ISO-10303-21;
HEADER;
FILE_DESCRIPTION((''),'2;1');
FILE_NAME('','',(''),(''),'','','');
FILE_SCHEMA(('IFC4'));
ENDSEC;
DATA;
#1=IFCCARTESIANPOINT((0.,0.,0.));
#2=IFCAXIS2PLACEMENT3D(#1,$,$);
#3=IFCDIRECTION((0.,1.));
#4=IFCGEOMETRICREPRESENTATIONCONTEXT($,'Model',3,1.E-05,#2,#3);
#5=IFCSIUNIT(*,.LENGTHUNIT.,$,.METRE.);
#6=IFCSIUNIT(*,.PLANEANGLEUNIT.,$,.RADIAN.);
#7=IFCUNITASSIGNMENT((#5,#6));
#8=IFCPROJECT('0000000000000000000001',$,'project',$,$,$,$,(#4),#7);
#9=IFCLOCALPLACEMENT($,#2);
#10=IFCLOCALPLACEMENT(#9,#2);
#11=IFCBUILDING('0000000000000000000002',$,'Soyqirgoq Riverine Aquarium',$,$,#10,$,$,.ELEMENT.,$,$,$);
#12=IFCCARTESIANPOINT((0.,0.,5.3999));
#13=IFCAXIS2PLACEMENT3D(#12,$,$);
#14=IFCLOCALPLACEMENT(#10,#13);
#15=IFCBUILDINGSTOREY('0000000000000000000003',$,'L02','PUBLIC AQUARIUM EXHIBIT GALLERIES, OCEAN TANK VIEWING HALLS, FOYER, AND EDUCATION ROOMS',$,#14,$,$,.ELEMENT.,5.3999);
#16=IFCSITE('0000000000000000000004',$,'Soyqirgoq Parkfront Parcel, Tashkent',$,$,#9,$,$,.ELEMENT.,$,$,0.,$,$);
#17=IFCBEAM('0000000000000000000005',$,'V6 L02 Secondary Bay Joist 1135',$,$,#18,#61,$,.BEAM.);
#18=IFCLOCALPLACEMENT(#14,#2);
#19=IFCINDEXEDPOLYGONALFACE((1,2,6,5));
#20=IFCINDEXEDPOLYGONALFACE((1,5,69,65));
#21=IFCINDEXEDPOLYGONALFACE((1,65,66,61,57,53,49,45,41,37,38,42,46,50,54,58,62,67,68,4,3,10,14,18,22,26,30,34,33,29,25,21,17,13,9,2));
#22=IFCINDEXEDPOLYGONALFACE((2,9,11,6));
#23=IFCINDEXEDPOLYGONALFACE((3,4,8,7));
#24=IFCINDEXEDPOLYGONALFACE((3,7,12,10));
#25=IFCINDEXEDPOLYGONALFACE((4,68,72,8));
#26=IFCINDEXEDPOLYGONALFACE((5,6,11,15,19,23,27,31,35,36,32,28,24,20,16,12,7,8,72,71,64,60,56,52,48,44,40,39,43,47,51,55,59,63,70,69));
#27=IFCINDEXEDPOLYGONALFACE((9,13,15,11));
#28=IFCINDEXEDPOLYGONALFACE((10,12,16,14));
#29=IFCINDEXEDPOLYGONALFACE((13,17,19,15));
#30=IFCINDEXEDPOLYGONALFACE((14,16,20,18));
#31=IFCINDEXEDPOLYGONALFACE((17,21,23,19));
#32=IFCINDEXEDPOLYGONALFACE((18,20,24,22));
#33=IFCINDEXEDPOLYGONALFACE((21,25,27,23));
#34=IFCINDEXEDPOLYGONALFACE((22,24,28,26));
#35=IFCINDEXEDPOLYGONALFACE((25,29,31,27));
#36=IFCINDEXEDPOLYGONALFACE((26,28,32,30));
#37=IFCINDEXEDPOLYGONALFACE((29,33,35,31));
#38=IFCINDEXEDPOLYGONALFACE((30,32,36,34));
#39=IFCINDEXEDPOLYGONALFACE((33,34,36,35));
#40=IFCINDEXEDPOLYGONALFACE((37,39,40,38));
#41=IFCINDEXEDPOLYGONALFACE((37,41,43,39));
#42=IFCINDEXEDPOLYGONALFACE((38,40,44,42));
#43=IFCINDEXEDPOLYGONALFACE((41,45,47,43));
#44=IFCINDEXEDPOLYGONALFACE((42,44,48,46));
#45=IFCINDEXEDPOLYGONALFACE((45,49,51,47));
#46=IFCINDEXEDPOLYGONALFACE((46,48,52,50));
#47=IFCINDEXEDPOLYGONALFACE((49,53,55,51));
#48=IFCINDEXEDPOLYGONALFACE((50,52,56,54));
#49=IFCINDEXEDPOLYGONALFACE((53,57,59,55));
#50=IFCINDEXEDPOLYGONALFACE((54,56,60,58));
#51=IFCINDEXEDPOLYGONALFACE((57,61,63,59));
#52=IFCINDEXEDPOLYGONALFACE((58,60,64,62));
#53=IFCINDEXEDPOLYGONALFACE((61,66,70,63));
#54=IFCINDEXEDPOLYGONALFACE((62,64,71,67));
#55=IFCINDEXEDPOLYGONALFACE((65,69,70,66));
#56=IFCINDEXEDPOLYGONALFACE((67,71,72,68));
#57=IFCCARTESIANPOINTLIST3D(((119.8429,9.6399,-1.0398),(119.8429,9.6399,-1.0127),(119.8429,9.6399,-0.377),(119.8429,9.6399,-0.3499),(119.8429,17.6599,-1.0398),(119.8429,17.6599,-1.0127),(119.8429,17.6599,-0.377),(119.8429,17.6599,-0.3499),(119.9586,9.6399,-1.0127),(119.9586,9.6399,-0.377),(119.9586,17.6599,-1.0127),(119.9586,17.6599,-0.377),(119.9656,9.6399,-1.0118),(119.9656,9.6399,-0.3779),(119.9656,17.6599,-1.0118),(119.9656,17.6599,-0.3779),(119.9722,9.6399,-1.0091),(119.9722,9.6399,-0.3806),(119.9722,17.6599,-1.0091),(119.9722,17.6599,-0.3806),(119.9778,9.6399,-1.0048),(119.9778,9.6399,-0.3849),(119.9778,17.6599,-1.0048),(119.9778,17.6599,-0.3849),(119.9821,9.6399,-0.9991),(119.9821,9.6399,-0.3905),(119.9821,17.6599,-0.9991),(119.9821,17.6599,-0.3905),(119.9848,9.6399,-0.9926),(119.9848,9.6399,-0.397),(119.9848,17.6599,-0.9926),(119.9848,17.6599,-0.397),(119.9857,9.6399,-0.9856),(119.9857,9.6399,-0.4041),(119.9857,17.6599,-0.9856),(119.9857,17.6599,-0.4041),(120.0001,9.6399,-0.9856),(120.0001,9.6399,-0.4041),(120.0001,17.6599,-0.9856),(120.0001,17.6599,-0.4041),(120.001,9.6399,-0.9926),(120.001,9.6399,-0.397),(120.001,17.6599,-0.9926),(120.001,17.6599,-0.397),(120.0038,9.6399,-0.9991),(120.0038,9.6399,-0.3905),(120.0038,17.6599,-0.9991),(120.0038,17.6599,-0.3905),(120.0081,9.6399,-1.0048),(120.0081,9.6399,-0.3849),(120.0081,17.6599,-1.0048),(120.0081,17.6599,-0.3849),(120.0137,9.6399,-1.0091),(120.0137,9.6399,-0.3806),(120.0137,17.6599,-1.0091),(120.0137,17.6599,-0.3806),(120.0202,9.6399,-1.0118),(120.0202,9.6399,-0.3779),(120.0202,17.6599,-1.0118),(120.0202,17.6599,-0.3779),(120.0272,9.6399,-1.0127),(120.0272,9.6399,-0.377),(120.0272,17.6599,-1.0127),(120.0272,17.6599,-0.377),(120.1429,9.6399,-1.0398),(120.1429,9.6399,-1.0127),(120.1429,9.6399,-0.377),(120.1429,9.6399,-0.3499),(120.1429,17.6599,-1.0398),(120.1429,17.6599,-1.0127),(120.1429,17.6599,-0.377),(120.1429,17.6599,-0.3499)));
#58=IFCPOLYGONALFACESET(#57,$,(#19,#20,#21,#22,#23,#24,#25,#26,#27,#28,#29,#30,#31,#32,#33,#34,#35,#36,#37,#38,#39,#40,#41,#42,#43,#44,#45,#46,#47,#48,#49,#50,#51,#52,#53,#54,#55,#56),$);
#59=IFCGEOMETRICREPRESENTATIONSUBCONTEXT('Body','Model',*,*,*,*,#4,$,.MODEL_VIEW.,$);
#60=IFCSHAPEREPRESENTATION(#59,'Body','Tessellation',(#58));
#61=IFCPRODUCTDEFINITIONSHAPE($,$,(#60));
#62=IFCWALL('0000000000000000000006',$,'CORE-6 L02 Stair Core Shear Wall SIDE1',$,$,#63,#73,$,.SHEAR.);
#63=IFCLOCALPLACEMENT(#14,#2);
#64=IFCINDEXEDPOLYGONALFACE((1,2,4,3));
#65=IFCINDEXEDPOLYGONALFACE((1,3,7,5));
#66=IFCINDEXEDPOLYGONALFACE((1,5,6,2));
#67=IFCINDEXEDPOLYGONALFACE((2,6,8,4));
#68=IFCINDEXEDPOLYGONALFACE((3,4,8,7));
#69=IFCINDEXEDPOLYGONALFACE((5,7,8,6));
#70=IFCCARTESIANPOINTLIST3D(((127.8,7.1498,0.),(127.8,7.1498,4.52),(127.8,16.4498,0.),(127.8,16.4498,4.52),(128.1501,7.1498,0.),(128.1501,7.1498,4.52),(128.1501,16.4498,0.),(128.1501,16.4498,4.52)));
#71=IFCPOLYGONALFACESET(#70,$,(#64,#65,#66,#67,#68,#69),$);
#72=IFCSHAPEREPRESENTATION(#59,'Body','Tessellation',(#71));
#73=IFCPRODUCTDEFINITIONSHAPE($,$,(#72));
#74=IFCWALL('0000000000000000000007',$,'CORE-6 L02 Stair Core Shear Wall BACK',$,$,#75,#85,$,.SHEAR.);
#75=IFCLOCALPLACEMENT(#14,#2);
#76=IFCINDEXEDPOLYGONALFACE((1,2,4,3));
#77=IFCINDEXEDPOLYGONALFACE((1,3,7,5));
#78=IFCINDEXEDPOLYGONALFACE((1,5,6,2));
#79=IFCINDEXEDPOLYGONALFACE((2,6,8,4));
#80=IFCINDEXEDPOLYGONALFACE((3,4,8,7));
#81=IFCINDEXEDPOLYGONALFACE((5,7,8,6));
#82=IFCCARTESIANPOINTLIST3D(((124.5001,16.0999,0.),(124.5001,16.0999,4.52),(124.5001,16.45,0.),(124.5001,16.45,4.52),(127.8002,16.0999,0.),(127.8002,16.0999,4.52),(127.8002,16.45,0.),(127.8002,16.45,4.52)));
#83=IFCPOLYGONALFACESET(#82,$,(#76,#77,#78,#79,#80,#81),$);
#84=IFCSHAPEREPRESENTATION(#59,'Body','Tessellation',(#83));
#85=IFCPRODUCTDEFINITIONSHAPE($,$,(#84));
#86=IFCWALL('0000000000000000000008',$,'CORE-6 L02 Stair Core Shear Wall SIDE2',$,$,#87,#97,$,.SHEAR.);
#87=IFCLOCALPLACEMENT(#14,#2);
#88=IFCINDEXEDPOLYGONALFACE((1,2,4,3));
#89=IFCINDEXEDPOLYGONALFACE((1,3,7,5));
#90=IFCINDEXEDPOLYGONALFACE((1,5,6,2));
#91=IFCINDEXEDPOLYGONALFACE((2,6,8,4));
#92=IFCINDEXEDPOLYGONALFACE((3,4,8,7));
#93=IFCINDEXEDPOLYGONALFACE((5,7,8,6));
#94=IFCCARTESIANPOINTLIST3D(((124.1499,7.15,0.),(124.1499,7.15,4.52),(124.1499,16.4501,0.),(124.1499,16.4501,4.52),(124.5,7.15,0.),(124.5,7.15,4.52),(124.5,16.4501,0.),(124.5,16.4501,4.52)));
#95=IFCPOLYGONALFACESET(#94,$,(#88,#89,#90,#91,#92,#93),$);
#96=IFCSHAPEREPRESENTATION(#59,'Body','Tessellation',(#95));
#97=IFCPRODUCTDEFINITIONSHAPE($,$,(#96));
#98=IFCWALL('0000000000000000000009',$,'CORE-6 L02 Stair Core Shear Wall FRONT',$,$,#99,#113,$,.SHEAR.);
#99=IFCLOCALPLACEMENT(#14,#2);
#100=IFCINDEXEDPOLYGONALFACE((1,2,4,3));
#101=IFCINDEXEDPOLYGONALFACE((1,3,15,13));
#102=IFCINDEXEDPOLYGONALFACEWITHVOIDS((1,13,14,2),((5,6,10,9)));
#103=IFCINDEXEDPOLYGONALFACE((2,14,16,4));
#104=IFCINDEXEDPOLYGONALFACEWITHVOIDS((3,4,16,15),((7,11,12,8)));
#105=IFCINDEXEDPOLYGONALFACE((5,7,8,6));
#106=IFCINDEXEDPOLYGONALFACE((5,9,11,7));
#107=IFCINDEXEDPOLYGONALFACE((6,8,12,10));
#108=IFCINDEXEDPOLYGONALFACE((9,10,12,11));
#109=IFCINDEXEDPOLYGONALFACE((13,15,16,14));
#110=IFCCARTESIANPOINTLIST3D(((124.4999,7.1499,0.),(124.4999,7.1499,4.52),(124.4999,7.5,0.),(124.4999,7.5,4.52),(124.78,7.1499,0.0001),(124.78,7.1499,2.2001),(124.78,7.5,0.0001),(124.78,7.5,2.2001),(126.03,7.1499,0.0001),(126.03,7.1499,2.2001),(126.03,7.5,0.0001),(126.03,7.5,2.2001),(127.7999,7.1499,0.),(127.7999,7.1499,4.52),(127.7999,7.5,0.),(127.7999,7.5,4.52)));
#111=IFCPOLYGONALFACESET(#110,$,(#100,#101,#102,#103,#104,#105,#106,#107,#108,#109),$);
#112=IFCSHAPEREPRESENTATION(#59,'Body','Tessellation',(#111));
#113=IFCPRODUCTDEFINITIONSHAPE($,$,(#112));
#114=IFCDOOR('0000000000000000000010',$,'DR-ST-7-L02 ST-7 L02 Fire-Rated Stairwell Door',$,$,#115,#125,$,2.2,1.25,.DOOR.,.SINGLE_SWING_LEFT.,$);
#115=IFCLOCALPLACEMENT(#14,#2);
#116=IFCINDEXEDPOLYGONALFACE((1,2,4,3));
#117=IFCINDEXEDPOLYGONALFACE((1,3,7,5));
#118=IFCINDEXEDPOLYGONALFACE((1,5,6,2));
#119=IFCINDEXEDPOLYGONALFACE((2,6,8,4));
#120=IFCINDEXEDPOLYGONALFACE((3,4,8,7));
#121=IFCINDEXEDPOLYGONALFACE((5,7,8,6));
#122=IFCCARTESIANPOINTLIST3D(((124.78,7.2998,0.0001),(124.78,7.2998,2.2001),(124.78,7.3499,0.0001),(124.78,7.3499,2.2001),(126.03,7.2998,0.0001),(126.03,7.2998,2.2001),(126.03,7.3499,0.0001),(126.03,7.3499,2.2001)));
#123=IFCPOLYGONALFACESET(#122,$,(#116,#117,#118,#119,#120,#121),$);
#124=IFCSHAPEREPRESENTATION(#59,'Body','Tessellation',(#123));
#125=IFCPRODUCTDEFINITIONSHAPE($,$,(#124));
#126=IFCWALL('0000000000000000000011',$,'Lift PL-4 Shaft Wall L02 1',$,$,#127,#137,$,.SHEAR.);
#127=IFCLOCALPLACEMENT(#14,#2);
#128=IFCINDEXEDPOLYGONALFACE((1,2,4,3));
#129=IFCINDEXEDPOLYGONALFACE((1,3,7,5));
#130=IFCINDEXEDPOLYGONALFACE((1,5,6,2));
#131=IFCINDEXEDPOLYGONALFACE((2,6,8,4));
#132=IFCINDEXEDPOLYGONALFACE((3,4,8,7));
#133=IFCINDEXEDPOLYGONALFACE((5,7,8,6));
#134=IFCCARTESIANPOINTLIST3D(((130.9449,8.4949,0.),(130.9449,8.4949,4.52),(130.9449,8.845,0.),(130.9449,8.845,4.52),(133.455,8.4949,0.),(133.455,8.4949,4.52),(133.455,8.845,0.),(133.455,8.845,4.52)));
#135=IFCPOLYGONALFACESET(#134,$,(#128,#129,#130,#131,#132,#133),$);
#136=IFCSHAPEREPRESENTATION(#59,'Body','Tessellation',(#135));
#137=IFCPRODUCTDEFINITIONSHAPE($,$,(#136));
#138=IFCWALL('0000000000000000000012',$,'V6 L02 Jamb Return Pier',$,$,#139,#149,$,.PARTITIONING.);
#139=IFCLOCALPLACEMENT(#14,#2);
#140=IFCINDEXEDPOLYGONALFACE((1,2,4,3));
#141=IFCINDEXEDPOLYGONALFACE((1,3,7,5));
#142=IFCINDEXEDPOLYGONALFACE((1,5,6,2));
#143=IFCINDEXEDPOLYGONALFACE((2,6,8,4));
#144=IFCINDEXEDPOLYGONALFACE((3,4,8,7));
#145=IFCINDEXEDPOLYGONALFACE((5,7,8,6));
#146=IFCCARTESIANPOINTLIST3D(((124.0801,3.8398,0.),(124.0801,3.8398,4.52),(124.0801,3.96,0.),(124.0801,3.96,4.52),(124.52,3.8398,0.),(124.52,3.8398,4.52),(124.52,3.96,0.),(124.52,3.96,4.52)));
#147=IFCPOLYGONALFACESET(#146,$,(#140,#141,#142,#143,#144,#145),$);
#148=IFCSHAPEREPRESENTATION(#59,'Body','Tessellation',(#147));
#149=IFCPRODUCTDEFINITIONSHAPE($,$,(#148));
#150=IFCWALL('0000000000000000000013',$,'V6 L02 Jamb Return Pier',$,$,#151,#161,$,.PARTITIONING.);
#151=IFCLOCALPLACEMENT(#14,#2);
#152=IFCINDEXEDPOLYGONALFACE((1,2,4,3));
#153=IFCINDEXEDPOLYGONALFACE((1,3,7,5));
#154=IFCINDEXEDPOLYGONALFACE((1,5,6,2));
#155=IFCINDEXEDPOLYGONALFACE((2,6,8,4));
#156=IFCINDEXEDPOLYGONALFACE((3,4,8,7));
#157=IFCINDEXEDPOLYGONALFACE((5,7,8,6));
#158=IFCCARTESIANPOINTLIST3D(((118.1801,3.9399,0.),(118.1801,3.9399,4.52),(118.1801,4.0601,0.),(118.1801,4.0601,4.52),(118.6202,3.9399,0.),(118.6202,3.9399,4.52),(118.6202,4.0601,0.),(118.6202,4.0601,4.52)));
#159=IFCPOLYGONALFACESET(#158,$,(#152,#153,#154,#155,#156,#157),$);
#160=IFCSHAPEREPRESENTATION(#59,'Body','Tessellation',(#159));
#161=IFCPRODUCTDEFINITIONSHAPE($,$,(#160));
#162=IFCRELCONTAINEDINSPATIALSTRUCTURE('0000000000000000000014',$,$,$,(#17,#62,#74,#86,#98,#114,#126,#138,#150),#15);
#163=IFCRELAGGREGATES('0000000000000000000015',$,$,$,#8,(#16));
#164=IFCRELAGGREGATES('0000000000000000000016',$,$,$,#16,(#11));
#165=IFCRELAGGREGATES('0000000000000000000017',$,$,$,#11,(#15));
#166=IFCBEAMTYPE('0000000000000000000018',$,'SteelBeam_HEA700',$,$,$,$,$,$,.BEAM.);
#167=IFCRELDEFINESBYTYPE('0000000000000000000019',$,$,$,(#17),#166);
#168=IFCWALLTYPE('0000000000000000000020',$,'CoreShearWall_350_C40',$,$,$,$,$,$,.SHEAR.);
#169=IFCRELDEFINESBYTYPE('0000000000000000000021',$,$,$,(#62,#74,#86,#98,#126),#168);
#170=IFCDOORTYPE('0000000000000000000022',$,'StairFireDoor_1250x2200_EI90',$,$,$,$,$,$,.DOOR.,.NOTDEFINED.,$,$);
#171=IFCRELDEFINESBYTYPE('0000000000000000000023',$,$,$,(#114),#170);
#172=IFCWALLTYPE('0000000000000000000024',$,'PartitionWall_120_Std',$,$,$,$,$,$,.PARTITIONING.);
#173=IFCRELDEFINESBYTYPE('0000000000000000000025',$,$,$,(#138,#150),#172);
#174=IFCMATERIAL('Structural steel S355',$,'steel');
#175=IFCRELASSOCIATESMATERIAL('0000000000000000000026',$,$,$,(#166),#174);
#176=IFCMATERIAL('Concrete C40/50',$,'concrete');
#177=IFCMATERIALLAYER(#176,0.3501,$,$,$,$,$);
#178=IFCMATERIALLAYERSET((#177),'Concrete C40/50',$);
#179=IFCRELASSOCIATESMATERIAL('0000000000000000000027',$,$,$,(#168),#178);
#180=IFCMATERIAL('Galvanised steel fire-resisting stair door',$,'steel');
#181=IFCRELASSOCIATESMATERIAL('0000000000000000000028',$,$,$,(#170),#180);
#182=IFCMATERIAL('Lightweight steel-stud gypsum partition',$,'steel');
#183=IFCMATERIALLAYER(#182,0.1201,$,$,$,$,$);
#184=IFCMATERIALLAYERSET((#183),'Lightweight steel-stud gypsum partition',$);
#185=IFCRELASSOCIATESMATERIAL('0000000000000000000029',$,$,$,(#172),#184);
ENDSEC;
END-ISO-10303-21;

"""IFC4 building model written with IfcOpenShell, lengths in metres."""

from ifc_helpers import new_model, si_unit, direction, frame, frame_2d, origin, origin_2d, place, context, subcontext, project, spatial, rectangle, i_section, extrude, material, layer, layer_set, material_profile, profile_set, type_object, element, fill, save


model = new_model("IFC4")

# Units and contexts
model_context = context("Model", 3, precision=1e-05, world=origin(), true_north=direction((0.0, 1.0)))
body_context = subcontext(model_context, "Body", "Model", "MODEL_VIEW")
ifc_project = project(units=[si_unit("LENGTHUNIT", "METRE"), si_unit("PLANEANGLEUNIT", "RADIAN")], contexts=[model_context])

# Site, building, storey
site_placement = place(None, origin())
site = spatial("IfcSite", under=ifc_project, at=site_placement, Name="Soyqirgoq Parkfront Parcel, Tashkent", CompositionType="ELEMENT", RefElevation=0.0)
building_placement = place(site_placement, origin())
building = spatial("IfcBuilding", under=site, at=building_placement, Name="Soyqirgoq Riverine Aquarium", CompositionType="ELEMENT")
storey_placement = place(building_placement, frame((0.0, 0.0, 5.3999)))
storey = spatial("IfcBuildingStorey", under=building, at=storey_placement, Name="L02", Description="PUBLIC AQUARIUM EXHIBIT GALLERIES, OCEAN TANK VIEWING HALLS, FOYER, AND EDUCATION ROOMS", CompositionType="ELEMENT", Elevation=5.3999)

# Beam
ifc_material_1 = material(Name="Structural steel S355", Category="steel")
ifc_material_profile_1 = material_profile(ifc_material_1, i_section(OverallWidth=0.3, OverallDepth=0.6899, WebThickness=0.0144, FlangeThickness=0.0271, FilletRadius=0.0271, at=origin_2d()), Name="HEA 700")
ifc_profile_set_1 = profile_set([ifc_material_profile_1], Name="Structural steel S355")
beam_type_1 = type_object("IfcBeamType", Name="SteelBeam_HEA700", PredefinedType="BEAM", material=ifc_profile_set_1)
beam_1_placement = place(storey_placement, frame((119.9929, 9.6399, -0.6948), z_axis=(0.0, 1.0, 0.0), x_axis=(-1.0, 0.0, 0.0)))
element("IfcBeam", 1, at=beam_1_placement, inside=storey, type_object=beam_type_1, Name="V6 L02 Secondary Bay Joist 1135", PredefinedType="BEAM", context=body_context, shape_type="SweptSolid", body=[
    extrude(i_section(OverallWidth=0.3, OverallDepth=0.6899, WebThickness=0.0144, FlangeThickness=0.0271, FilletRadius=0.0271, at=origin_2d()), origin(), (0.0, 0.0, 1.0), 8.02),
])

# Walls
ifc_material_2 = material(Name="Concrete C40/50", Category="concrete")
ifc_layer_1 = layer(ifc_material_2, 0.3501)
ifc_layer_set_1 = layer_set([ifc_layer_1], Name="Concrete C40/50")
wall_type_1 = type_object("IfcWallType", Name="CoreShearWall_350_C40", PredefinedType="SHEAR", material=ifc_layer_set_1)
wall_1_placement = place(storey_placement, frame((127.9751, 7.1499, 0.0), z_axis=(0.0, 0.0, 1.0), x_axis=(0.0, 1.0, 0.0)))
element("IfcWall", 2, at=wall_1_placement, inside=storey, type_object=wall_type_1, Name="CORE-6 L02 Stair Core Shear Wall SIDE1", PredefinedType="SHEAR", context=body_context, shape_type="SweptSolid", body=[
    extrude(rectangle(XDim=9.3, YDim=0.3501, at=frame_2d((4.6499, 0.0))), origin(), (0.0, 0.0, 1.0), 4.52),
])
wall_2_placement = place(storey_placement, frame((127.8, 16.2749, 0.0), z_axis=(0.0, 0.0, 1.0), x_axis=(-1.0, 0.0, 0.0)))
element("IfcWall", 3, at=wall_2_placement, inside=storey, type_object=wall_type_1, Name="CORE-6 L02 Stair Core Shear Wall BACK", PredefinedType="SHEAR", context=body_context, shape_type="SweptSolid", body=[
    extrude(rectangle(XDim=3.3, YDim=0.3501, at=frame_2d((1.6499, 0.0))), origin(), (0.0, 0.0, 1.0), 4.52),
])
wall_3_placement = place(storey_placement, frame((124.325, 16.45, 0.0), z_axis=(0.0, 0.0, 1.0), x_axis=(0.0, -1.0, 0.0)))
element("IfcWall", 4, at=wall_3_placement, inside=storey, type_object=wall_type_1, Name="CORE-6 L02 Stair Core Shear Wall SIDE2", PredefinedType="SHEAR", context=body_context, shape_type="SweptSolid", body=[
    extrude(rectangle(XDim=9.3, YDim=0.3501, at=frame_2d((4.6499, 0.0))), origin(), (0.0, 0.0, 1.0), 4.52),
])

# Wall, opening, door
wall_4_placement = place(storey_placement, frame((124.5, 7.325, 0.0), z_axis=(0.0, 0.0, 1.0), x_axis=(1.0, 0.0, 0.0)))
wall_4 = element("IfcWall", 5, at=wall_4_placement, inside=storey, type_object=wall_type_1, Name="CORE-6 L02 Stair Core Shear Wall FRONT", PredefinedType="SHEAR", context=body_context, shape_type="SweptSolid", body=[
    extrude(rectangle(XDim=3.3, YDim=0.3501, at=frame_2d((1.6499, 0.0))), origin(), (0.0, 0.0, 1.0), 4.52),
])
opening_1_placement = place(wall_4_placement, frame((0.28, 0.0, 0.0)))
opening_1 = element("IfcOpeningElement", 6, at=opening_1_placement, cuts=wall_4, PredefinedType="OPENING", context=body_context, shape_type="SweptSolid", body=[
    extrude(rectangle(XDim=1.25, YDim=2.2, at=frame_2d((0.625, 1.1001))), frame((0.0, 0.1851, 0.0), z_axis=(0.0, -1.0, 0.0), x_axis=(1.0, 0.0, 0.0)), (0.0, 0.0, 1.0), 0.3701),
])
ifc_material_3 = material(Name="Galvanised steel fire-resisting stair door", Category="steel")
door_type = type_object("IfcDoorType", Name="StairFireDoor_1250x2200_EI90", OperationType="NOTDEFINED", PredefinedType="DOOR", material=ifc_material_3)
door_1_placement = place(opening_1_placement, origin())
door_1 = element("IfcDoor", 7, at=door_1_placement, inside=storey, type_object=door_type, Name="DR-ST-7-L02 ST-7 L02 Fire-Rated Stairwell Door", OperationType="SINGLE_SWING_LEFT", OverallHeight=2.2, OverallWidth=1.25, PredefinedType="DOOR", context=body_context, shape_type="SweptSolid", body=[
    extrude(rectangle(XDim=1.25, YDim=2.2, at=frame_2d((0.625, 1.1001))), frame((0.0, 0.0249, 0.0), z_axis=(0.0, -1.0, 0.0), x_axis=(1.0, 0.0, 0.0)), (0.0, 0.0, 1.0), 0.05),
])
fill(opening_1, door_1)

# Walls
wall_5_placement = place(storey_placement, frame((130.9451, 8.6699, 0.0), z_axis=(0.0, 0.0, 1.0), x_axis=(1.0, 0.0, 0.0)))
element("IfcWall", 8, at=wall_5_placement, inside=storey, type_object=wall_type_1, Name="Lift PL-4 Shaft Wall L02 1", PredefinedType="SHEAR", context=body_context, shape_type="SweptSolid", body=[
    extrude(rectangle(XDim=2.51, YDim=0.3501, at=frame_2d((1.2549, 0.0))), origin(), (0.0, 0.0, 1.0), 4.52),
])
ifc_material_4 = material(Name="Lightweight steel-stud gypsum partition", Category="steel")
ifc_layer_2 = layer(ifc_material_4, 0.1201)
ifc_layer_set_2 = layer_set([ifc_layer_2], Name="Lightweight steel-stud gypsum partition")
wall_type_2 = type_object("IfcWallType", Name="PartitionWall_120_Std", PredefinedType="PARTITIONING", material=ifc_layer_set_2)
wall_6_placement = place(storey_placement, frame((124.0801, 3.8999, 0.0), z_axis=(0.0, 0.0, 1.0), x_axis=(1.0, 0.0, 0.0)))
element("IfcWall", 9, at=wall_6_placement, inside=storey, type_object=wall_type_2, Name="V6 L02 Jamb Return Pier", PredefinedType="PARTITIONING", context=body_context, shape_type="SweptSolid", body=[
    extrude(rectangle(XDim=0.4399, YDim=0.1201, at=frame_2d((0.22, 0.0))), origin(), (0.0, 0.0, 1.0), 4.52),
])
wall_7_placement = place(storey_placement, frame((118.1799, 4.0, 0.0), z_axis=(0.0, 0.0, 1.0), x_axis=(1.0, 0.0, 0.0)))
element("IfcWall", 10, at=wall_7_placement, inside=storey, type_object=wall_type_2, Name="V6 L02 Jamb Return Pier", PredefinedType="PARTITIONING", context=body_context, shape_type="SweptSolid", body=[
    extrude(rectangle(XDim=0.4402, YDim=0.1201, at=frame_2d((0.2202, 0.0))), origin(), (0.0, 0.0, 1.0), 4.52),
])

save(model, "model.ifc")
